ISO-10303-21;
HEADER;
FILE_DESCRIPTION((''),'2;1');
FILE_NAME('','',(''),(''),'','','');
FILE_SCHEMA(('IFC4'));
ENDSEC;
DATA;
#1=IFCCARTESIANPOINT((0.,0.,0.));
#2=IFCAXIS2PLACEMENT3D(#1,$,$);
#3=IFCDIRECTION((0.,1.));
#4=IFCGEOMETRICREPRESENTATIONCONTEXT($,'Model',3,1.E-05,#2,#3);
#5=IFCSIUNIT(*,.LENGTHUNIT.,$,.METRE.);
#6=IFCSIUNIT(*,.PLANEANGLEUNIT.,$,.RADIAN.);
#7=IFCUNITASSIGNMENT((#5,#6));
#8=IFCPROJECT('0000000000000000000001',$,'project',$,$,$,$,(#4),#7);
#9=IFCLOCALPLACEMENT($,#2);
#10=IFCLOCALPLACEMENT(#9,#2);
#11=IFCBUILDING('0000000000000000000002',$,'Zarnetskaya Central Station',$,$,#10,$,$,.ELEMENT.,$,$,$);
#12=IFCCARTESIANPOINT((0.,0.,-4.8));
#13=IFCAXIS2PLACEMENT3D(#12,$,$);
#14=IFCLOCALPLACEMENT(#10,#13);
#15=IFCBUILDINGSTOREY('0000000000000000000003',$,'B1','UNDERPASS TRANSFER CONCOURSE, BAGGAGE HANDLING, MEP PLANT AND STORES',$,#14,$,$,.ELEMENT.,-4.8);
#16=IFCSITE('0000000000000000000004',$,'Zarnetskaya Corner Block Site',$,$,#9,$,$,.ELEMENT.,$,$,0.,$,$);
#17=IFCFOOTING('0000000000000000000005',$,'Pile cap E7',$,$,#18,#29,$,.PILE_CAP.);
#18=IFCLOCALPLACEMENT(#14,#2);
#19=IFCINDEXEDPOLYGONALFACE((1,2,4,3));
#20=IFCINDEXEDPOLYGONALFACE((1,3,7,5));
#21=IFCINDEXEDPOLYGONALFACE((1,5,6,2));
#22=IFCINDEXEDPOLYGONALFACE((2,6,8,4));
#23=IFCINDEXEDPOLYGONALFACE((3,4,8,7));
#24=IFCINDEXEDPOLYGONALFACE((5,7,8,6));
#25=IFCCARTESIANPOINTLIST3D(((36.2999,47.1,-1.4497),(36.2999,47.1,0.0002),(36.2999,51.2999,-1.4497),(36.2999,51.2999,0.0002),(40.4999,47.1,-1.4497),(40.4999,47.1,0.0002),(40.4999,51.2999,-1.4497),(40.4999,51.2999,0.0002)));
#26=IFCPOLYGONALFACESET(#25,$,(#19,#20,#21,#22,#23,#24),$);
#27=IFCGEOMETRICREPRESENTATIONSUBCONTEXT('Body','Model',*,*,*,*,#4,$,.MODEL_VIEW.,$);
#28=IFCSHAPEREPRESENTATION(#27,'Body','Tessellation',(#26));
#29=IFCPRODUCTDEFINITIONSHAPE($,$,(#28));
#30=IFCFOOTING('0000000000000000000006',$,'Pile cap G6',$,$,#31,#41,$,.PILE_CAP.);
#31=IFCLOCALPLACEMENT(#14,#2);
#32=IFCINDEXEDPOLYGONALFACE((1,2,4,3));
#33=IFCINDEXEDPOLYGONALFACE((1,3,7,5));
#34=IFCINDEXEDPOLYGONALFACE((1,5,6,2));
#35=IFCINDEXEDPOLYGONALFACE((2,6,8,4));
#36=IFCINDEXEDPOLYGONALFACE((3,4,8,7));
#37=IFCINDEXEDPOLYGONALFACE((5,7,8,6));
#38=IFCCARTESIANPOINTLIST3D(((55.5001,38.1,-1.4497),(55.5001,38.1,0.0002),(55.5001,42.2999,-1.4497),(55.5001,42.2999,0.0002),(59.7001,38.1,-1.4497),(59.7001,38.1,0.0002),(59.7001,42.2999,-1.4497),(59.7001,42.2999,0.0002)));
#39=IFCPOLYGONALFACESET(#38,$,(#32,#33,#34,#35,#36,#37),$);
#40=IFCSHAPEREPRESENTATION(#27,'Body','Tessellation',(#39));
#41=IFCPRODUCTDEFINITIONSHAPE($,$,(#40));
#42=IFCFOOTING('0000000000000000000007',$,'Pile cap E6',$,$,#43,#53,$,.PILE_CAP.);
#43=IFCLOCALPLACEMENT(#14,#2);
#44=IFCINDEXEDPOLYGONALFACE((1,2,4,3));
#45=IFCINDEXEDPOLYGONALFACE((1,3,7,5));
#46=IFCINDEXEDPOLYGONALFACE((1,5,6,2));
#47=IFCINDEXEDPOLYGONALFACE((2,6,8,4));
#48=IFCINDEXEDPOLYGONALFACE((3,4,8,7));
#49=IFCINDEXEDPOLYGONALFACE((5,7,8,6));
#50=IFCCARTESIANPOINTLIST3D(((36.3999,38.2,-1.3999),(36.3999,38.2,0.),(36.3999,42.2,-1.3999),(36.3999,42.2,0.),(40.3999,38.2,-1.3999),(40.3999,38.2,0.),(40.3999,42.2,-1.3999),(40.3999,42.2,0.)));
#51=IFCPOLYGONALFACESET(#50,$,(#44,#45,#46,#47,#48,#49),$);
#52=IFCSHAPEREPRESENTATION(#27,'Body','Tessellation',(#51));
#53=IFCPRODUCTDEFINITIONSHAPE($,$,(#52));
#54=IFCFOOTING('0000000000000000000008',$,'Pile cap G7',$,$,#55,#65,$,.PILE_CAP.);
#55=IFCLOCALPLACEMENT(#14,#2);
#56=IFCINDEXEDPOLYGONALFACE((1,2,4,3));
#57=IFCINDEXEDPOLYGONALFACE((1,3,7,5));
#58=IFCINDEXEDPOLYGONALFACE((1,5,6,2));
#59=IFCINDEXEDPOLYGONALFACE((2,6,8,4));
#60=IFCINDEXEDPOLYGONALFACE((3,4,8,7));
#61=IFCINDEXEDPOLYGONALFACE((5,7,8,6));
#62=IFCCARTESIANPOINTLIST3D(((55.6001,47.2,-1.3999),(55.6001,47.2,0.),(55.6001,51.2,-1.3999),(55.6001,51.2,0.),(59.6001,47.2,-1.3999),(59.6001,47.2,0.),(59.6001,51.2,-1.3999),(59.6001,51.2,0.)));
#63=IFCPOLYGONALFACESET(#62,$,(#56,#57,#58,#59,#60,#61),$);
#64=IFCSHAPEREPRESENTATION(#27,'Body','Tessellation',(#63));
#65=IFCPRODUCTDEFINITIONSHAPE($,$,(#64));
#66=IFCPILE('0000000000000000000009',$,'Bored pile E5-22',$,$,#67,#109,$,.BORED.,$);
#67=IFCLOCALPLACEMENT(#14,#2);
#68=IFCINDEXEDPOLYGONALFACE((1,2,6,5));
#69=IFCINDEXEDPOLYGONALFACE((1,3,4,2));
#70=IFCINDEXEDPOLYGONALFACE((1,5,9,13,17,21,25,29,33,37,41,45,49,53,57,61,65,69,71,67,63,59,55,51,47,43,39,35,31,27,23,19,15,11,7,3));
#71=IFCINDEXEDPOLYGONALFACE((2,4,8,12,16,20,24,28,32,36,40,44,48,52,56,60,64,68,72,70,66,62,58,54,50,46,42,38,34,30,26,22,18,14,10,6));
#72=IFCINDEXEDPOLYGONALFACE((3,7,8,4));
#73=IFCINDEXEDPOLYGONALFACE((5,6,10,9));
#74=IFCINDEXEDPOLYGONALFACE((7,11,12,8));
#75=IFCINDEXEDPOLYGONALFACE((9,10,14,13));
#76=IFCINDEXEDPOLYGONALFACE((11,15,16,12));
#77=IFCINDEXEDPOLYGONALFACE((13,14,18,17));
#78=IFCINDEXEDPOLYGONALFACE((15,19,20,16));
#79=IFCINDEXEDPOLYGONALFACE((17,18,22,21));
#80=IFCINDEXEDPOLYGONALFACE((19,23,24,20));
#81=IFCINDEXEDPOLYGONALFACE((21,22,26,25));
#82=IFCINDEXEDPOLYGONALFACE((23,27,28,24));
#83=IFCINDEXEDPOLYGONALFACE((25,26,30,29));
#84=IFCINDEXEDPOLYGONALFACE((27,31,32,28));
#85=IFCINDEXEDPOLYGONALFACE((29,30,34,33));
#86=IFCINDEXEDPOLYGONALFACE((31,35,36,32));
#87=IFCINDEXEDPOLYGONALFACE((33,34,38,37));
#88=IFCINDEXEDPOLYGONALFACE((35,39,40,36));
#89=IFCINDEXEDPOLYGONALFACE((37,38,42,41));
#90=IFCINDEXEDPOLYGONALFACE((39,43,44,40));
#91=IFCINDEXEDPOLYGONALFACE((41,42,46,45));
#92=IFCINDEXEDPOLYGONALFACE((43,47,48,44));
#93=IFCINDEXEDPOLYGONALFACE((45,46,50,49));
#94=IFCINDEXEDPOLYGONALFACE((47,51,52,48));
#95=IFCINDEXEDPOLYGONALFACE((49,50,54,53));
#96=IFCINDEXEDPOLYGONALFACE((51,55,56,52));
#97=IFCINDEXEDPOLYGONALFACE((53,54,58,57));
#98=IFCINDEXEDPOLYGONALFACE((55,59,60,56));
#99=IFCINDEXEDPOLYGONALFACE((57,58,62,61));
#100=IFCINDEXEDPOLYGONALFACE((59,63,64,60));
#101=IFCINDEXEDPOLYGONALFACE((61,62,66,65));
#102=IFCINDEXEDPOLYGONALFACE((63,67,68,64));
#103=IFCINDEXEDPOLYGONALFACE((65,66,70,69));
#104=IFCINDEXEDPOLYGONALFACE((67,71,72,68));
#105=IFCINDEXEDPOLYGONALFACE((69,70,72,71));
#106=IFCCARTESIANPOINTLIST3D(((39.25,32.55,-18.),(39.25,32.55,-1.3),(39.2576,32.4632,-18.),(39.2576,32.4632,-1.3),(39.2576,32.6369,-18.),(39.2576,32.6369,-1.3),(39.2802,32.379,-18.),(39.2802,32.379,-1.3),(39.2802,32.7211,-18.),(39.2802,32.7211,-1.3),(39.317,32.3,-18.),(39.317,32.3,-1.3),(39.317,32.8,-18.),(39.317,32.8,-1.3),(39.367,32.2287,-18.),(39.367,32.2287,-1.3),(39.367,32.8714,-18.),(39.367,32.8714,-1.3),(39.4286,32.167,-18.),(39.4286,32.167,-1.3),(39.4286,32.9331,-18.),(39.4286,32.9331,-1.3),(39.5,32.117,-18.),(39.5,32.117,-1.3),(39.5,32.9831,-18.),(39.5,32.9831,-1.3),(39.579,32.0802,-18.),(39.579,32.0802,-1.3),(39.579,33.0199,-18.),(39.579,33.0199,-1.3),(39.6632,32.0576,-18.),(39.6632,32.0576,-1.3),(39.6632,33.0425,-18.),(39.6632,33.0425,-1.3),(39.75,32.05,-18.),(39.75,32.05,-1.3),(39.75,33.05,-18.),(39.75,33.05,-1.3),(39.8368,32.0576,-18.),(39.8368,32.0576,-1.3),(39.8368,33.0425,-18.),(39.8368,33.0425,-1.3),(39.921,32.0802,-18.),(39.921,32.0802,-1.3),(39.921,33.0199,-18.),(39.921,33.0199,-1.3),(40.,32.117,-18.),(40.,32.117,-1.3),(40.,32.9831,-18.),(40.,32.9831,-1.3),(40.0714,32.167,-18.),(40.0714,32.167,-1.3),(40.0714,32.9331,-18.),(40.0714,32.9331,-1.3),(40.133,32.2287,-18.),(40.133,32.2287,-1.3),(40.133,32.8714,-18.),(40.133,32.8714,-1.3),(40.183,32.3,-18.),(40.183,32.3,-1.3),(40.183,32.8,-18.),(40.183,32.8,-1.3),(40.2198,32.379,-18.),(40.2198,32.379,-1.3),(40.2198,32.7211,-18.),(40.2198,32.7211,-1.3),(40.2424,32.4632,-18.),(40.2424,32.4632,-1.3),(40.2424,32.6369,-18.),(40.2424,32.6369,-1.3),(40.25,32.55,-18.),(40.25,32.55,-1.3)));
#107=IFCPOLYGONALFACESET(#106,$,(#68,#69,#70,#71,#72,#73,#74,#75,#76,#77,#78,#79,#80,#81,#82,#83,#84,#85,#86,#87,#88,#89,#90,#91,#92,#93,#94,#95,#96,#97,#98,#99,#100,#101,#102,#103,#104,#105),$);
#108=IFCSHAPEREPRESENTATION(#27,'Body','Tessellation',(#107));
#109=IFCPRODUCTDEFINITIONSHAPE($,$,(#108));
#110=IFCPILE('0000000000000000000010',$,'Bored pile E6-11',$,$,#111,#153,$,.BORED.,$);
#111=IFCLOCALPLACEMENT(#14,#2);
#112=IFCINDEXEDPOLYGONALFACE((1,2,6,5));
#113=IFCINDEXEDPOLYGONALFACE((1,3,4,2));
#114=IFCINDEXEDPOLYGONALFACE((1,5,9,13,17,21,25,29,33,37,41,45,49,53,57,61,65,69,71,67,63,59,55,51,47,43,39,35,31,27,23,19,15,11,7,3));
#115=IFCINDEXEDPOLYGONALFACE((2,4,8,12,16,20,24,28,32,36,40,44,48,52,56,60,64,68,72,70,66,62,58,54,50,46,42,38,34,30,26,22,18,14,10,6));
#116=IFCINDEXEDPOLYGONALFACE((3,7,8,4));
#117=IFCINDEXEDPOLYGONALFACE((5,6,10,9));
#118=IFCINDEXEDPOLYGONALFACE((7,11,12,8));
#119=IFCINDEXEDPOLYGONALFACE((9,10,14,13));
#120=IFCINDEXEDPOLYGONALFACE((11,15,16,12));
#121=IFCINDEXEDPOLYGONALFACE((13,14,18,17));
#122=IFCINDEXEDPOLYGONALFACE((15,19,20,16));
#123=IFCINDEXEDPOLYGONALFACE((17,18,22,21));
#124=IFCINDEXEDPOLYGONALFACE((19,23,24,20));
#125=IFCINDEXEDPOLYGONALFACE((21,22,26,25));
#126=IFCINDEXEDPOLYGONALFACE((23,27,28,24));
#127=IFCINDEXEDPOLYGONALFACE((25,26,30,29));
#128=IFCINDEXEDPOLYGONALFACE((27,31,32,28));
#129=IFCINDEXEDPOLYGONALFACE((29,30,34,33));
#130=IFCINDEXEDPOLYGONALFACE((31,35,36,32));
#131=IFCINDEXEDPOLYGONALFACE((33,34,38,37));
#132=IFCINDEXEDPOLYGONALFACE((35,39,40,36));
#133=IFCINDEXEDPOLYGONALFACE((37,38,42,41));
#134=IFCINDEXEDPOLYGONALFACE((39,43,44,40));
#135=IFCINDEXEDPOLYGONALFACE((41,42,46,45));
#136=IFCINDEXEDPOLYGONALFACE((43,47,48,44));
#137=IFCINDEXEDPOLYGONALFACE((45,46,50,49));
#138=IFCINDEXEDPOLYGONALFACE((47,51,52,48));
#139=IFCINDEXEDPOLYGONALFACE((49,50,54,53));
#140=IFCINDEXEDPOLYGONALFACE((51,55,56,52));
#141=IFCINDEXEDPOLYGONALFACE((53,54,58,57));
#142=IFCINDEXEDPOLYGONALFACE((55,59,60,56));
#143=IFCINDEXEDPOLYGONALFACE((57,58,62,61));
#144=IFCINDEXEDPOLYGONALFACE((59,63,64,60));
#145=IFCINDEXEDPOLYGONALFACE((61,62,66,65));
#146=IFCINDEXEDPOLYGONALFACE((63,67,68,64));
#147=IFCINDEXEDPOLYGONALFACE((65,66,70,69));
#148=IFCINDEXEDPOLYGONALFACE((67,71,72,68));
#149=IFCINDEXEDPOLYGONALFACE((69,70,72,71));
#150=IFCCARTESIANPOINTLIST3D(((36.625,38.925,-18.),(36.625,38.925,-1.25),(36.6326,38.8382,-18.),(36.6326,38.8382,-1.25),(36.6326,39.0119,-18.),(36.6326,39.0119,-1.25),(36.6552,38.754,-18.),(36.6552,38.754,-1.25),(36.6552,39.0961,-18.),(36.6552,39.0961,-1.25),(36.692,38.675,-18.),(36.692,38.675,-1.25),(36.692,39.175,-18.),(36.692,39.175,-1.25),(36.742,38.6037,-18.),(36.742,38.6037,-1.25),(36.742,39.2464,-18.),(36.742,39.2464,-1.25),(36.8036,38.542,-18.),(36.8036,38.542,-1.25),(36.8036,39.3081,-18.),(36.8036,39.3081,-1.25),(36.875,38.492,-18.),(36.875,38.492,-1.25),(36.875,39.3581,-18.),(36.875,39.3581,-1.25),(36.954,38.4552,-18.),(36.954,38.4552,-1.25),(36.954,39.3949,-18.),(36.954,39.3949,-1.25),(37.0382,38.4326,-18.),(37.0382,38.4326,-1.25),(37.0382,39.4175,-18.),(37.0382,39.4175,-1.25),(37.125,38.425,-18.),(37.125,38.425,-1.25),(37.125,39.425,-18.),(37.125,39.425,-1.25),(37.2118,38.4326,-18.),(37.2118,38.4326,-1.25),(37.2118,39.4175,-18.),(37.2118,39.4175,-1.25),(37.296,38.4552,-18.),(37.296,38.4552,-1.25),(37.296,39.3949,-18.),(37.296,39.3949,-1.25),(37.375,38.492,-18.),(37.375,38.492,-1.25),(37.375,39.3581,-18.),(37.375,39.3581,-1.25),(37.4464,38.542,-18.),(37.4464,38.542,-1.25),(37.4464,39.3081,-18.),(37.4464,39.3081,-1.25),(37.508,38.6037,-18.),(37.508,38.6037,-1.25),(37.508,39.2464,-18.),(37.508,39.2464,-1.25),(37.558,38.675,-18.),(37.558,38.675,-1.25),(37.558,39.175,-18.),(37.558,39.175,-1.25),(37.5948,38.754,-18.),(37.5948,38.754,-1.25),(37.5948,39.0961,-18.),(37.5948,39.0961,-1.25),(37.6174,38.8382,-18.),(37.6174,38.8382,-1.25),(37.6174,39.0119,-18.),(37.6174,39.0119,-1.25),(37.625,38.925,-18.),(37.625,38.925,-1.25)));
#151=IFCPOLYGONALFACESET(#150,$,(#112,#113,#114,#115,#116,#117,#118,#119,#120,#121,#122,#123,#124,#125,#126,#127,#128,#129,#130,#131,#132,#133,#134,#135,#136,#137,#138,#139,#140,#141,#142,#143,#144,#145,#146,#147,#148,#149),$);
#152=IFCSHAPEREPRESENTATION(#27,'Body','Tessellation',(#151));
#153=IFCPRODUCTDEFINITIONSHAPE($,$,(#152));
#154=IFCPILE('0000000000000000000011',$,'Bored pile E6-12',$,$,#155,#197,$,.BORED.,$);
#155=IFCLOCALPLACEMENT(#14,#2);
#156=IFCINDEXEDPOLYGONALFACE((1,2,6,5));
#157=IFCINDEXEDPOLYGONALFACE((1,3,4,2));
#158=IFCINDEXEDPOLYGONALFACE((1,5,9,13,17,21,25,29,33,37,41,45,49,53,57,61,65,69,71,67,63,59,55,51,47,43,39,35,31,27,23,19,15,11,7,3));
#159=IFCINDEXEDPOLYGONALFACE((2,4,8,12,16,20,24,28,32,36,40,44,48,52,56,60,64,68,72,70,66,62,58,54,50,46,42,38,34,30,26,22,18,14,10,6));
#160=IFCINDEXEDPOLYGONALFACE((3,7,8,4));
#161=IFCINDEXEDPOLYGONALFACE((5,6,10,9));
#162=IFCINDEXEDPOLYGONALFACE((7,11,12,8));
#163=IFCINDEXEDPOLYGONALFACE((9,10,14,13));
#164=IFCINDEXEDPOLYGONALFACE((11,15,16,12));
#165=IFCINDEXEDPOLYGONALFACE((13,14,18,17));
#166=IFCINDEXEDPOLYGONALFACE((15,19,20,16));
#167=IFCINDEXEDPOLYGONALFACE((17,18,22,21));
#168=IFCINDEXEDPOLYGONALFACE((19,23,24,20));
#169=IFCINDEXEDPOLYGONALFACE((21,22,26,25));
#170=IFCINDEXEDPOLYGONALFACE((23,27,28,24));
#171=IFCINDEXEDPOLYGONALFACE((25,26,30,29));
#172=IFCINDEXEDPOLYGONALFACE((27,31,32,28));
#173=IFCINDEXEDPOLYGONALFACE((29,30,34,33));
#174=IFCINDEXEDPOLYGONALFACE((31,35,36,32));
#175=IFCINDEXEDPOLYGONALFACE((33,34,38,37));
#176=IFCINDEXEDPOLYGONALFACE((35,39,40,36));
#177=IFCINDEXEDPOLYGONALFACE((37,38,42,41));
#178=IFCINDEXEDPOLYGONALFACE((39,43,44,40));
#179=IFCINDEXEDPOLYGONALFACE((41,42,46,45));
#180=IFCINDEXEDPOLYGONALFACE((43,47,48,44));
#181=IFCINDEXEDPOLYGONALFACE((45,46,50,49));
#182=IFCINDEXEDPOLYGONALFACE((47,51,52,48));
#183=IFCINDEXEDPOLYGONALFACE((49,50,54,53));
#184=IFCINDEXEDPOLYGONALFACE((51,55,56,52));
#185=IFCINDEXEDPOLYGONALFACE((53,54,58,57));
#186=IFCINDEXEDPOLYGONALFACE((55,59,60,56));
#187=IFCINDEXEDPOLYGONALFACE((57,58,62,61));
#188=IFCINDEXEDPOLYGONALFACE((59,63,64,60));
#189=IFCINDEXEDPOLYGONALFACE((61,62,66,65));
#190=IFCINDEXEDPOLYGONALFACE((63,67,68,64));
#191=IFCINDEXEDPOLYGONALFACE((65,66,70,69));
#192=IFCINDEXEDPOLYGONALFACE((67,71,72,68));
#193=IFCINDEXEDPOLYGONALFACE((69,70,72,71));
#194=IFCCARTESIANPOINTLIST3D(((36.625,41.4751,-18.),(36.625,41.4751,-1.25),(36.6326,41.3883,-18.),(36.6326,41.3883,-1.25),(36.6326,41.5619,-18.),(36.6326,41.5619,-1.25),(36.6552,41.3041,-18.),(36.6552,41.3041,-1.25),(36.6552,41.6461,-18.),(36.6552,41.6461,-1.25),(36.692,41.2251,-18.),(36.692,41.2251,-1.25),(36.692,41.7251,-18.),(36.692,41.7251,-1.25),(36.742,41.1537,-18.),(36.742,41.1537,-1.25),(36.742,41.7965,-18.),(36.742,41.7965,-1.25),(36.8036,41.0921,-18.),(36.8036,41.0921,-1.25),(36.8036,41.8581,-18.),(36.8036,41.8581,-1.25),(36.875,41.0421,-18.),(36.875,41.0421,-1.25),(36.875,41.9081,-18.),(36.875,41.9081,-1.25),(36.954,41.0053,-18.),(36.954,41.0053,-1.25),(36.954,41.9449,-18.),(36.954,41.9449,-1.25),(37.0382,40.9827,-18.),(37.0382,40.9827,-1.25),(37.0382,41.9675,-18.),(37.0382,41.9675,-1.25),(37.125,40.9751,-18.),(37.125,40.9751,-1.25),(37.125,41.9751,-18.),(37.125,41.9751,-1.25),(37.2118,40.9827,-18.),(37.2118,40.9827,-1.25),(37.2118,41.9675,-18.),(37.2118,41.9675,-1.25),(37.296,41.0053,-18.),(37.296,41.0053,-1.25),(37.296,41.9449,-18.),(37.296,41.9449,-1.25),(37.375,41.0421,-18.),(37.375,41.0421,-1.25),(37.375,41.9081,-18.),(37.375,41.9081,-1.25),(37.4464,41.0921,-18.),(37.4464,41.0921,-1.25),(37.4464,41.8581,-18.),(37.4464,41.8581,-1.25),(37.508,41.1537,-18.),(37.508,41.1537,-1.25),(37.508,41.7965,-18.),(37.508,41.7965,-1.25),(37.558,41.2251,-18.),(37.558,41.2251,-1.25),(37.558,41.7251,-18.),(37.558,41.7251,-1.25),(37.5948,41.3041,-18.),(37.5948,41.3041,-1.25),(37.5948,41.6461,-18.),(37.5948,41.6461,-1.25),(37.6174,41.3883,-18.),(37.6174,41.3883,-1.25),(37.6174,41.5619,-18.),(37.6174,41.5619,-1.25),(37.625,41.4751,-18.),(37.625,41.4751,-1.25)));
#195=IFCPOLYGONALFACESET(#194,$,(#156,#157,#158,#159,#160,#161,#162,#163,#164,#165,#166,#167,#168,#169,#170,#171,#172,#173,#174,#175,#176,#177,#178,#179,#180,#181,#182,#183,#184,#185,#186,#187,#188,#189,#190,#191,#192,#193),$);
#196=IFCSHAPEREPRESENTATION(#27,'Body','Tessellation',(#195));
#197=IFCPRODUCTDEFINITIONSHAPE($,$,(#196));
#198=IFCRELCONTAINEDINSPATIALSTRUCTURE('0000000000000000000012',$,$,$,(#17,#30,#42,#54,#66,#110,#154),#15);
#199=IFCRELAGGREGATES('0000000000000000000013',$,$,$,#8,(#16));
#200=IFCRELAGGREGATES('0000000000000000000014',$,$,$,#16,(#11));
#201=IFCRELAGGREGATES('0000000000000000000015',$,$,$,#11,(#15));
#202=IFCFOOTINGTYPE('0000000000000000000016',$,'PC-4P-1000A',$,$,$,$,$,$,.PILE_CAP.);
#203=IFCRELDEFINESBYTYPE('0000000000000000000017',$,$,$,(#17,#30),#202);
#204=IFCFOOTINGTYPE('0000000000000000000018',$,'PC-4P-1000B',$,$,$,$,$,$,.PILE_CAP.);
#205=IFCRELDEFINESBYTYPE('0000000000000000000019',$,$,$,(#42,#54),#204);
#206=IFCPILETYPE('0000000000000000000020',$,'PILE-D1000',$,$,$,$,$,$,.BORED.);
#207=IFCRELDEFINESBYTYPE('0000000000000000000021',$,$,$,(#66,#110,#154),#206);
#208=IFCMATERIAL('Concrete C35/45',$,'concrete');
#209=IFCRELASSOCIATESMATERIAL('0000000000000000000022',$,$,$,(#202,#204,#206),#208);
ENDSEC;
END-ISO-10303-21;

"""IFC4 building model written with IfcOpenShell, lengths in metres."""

from ifc_helpers import new_model, si_unit, direction, frame, origin, origin_2d, place, context, subcontext, project, spatial, rectangle, circle, extrude, material, material_profile, profile_set, type_object, element, save


model = new_model("IFC4")

# Units and contexts
model_context = context("Model", 3, precision=1e-05, world=origin(), true_north=direction((0.0, 1.0)))
body_context = subcontext(model_context, "Body", "Model", "MODEL_VIEW")
ifc_project = project(units=[si_unit("LENGTHUNIT", "METRE"), si_unit("PLANEANGLEUNIT", "RADIAN")], contexts=[model_context])

# Site, building, storey
site_placement = place(None, origin())
site = spatial("IfcSite", under=ifc_project, at=site_placement, Name="Zarnetskaya Corner Block Site", CompositionType="ELEMENT", RefElevation=0.0)
building_placement = place(site_placement, origin())
building = spatial("IfcBuilding", under=site, at=building_placement, Name="Zarnetskaya Central Station", CompositionType="ELEMENT")
storey_placement = place(building_placement, frame((0.0, 0.0, -4.8)))
storey = spatial("IfcBuildingStorey", under=building, at=storey_placement, Name="B1", Description="UNDERPASS TRANSFER CONCOURSE, BAGGAGE HANDLING, MEP PLANT AND STORES", CompositionType="ELEMENT", Elevation=-4.8)

# Footings
ifc_material = material(Name="Concrete C35/45", Category="concrete")
footing_type_1 = type_object("IfcFootingType", Name="PC-4P-1000A", PredefinedType="PILE_CAP", material=ifc_material)
for number, where, z_axis, x_axis, name in (
    (1, (38.3999, 49.2, -1.4497), (0.0, 0.0, 1.0), (1.0, 0.0, 0.0), "Pile cap E7"),
    (2, (57.6001, 40.2, -1.4497), (0.0, 0.0, 1.0), (1.0, 0.0, 0.0), "Pile cap G6"),
):
    element("IfcFooting", number, at=place(storey_placement, frame(where, z_axis=z_axis, x_axis=x_axis)), inside=storey, type_object=footing_type_1, Name=name, PredefinedType="PILE_CAP", context=body_context, shape_type="SweptSolid", body=[
        extrude(rectangle(XDim=4.2, YDim=4.2, at=origin_2d()), origin(), (0.0, 0.0, 1.0), 1.45),
    ])
footing_type_2 = type_object("IfcFootingType", Name="PC-4P-1000B", PredefinedType="PILE_CAP", material=ifc_material)
for number, where, z_axis, x_axis, name in (
    (3, (38.3999, 40.2, -1.3999), (0.0, 0.0, 1.0), (1.0, 0.0, 0.0), "Pile cap E6"),
    (4, (57.6001, 49.2, -1.3999), (0.0, 0.0, 1.0), (1.0, 0.0, 0.0), "Pile cap G7"),
):
    element("IfcFooting", number, at=place(storey_placement, frame(where, z_axis=z_axis, x_axis=x_axis)), inside=storey, type_object=footing_type_2, Name=name, PredefinedType="PILE_CAP", context=body_context, shape_type="SweptSolid", body=[
        extrude(rectangle(XDim=4.0, YDim=4.0, at=origin_2d()), origin(), (0.0, 0.0, 1.0), 1.3999),
    ])

# Piles
ifc_material_profile_1 = material_profile(ifc_material, circle(Radius=0.5, at=origin_2d()), Name="BORED PILE D1000")
ifc_profile_set_1 = profile_set([ifc_material_profile_1], Name="Concrete C35/45")
pile_type = type_object("IfcPileType", Name="PILE-D1000", PredefinedType="BORED", material=ifc_profile_set_1)
pile_placement = place(storey_placement, frame((39.75, 32.55, -1.3), z_axis=(0.0, 0.0, -1.0), x_axis=(1.0, 0.0, 0.0)))
element("IfcPile", 5, at=pile_placement, inside=storey, type_object=pile_type, Name="Bored pile E5-22", PredefinedType="BORED", context=body_context, shape_type="SweptSolid", body=[
    extrude(circle(Radius=0.5, at=origin_2d()), origin(), (0.0, 0.0, 1.0), 16.7),
])
for number, where, z_axis, x_axis, name in (
    (6, (37.125, 38.925, -1.25), (0.0, 0.0, -1.0), (1.0, 0.0, 0.0), "Bored pile E6-11"),
    (7, (37.125, 41.4751, -1.25), (0.0, 0.0, -1.0), (1.0, 0.0, 0.0), "Bored pile E6-12"),
):
    element("IfcPile", number, at=place(storey_placement, frame(where, z_axis=z_axis, x_axis=x_axis)), inside=storey, type_object=pile_type, Name=name, PredefinedType="BORED", context=body_context, shape_type="SweptSolid", body=[
        extrude(circle(Radius=0.5, at=origin_2d()), origin(), (0.0, 0.0, 1.0), 16.75),
    ])

save(model, "model.ifc")
